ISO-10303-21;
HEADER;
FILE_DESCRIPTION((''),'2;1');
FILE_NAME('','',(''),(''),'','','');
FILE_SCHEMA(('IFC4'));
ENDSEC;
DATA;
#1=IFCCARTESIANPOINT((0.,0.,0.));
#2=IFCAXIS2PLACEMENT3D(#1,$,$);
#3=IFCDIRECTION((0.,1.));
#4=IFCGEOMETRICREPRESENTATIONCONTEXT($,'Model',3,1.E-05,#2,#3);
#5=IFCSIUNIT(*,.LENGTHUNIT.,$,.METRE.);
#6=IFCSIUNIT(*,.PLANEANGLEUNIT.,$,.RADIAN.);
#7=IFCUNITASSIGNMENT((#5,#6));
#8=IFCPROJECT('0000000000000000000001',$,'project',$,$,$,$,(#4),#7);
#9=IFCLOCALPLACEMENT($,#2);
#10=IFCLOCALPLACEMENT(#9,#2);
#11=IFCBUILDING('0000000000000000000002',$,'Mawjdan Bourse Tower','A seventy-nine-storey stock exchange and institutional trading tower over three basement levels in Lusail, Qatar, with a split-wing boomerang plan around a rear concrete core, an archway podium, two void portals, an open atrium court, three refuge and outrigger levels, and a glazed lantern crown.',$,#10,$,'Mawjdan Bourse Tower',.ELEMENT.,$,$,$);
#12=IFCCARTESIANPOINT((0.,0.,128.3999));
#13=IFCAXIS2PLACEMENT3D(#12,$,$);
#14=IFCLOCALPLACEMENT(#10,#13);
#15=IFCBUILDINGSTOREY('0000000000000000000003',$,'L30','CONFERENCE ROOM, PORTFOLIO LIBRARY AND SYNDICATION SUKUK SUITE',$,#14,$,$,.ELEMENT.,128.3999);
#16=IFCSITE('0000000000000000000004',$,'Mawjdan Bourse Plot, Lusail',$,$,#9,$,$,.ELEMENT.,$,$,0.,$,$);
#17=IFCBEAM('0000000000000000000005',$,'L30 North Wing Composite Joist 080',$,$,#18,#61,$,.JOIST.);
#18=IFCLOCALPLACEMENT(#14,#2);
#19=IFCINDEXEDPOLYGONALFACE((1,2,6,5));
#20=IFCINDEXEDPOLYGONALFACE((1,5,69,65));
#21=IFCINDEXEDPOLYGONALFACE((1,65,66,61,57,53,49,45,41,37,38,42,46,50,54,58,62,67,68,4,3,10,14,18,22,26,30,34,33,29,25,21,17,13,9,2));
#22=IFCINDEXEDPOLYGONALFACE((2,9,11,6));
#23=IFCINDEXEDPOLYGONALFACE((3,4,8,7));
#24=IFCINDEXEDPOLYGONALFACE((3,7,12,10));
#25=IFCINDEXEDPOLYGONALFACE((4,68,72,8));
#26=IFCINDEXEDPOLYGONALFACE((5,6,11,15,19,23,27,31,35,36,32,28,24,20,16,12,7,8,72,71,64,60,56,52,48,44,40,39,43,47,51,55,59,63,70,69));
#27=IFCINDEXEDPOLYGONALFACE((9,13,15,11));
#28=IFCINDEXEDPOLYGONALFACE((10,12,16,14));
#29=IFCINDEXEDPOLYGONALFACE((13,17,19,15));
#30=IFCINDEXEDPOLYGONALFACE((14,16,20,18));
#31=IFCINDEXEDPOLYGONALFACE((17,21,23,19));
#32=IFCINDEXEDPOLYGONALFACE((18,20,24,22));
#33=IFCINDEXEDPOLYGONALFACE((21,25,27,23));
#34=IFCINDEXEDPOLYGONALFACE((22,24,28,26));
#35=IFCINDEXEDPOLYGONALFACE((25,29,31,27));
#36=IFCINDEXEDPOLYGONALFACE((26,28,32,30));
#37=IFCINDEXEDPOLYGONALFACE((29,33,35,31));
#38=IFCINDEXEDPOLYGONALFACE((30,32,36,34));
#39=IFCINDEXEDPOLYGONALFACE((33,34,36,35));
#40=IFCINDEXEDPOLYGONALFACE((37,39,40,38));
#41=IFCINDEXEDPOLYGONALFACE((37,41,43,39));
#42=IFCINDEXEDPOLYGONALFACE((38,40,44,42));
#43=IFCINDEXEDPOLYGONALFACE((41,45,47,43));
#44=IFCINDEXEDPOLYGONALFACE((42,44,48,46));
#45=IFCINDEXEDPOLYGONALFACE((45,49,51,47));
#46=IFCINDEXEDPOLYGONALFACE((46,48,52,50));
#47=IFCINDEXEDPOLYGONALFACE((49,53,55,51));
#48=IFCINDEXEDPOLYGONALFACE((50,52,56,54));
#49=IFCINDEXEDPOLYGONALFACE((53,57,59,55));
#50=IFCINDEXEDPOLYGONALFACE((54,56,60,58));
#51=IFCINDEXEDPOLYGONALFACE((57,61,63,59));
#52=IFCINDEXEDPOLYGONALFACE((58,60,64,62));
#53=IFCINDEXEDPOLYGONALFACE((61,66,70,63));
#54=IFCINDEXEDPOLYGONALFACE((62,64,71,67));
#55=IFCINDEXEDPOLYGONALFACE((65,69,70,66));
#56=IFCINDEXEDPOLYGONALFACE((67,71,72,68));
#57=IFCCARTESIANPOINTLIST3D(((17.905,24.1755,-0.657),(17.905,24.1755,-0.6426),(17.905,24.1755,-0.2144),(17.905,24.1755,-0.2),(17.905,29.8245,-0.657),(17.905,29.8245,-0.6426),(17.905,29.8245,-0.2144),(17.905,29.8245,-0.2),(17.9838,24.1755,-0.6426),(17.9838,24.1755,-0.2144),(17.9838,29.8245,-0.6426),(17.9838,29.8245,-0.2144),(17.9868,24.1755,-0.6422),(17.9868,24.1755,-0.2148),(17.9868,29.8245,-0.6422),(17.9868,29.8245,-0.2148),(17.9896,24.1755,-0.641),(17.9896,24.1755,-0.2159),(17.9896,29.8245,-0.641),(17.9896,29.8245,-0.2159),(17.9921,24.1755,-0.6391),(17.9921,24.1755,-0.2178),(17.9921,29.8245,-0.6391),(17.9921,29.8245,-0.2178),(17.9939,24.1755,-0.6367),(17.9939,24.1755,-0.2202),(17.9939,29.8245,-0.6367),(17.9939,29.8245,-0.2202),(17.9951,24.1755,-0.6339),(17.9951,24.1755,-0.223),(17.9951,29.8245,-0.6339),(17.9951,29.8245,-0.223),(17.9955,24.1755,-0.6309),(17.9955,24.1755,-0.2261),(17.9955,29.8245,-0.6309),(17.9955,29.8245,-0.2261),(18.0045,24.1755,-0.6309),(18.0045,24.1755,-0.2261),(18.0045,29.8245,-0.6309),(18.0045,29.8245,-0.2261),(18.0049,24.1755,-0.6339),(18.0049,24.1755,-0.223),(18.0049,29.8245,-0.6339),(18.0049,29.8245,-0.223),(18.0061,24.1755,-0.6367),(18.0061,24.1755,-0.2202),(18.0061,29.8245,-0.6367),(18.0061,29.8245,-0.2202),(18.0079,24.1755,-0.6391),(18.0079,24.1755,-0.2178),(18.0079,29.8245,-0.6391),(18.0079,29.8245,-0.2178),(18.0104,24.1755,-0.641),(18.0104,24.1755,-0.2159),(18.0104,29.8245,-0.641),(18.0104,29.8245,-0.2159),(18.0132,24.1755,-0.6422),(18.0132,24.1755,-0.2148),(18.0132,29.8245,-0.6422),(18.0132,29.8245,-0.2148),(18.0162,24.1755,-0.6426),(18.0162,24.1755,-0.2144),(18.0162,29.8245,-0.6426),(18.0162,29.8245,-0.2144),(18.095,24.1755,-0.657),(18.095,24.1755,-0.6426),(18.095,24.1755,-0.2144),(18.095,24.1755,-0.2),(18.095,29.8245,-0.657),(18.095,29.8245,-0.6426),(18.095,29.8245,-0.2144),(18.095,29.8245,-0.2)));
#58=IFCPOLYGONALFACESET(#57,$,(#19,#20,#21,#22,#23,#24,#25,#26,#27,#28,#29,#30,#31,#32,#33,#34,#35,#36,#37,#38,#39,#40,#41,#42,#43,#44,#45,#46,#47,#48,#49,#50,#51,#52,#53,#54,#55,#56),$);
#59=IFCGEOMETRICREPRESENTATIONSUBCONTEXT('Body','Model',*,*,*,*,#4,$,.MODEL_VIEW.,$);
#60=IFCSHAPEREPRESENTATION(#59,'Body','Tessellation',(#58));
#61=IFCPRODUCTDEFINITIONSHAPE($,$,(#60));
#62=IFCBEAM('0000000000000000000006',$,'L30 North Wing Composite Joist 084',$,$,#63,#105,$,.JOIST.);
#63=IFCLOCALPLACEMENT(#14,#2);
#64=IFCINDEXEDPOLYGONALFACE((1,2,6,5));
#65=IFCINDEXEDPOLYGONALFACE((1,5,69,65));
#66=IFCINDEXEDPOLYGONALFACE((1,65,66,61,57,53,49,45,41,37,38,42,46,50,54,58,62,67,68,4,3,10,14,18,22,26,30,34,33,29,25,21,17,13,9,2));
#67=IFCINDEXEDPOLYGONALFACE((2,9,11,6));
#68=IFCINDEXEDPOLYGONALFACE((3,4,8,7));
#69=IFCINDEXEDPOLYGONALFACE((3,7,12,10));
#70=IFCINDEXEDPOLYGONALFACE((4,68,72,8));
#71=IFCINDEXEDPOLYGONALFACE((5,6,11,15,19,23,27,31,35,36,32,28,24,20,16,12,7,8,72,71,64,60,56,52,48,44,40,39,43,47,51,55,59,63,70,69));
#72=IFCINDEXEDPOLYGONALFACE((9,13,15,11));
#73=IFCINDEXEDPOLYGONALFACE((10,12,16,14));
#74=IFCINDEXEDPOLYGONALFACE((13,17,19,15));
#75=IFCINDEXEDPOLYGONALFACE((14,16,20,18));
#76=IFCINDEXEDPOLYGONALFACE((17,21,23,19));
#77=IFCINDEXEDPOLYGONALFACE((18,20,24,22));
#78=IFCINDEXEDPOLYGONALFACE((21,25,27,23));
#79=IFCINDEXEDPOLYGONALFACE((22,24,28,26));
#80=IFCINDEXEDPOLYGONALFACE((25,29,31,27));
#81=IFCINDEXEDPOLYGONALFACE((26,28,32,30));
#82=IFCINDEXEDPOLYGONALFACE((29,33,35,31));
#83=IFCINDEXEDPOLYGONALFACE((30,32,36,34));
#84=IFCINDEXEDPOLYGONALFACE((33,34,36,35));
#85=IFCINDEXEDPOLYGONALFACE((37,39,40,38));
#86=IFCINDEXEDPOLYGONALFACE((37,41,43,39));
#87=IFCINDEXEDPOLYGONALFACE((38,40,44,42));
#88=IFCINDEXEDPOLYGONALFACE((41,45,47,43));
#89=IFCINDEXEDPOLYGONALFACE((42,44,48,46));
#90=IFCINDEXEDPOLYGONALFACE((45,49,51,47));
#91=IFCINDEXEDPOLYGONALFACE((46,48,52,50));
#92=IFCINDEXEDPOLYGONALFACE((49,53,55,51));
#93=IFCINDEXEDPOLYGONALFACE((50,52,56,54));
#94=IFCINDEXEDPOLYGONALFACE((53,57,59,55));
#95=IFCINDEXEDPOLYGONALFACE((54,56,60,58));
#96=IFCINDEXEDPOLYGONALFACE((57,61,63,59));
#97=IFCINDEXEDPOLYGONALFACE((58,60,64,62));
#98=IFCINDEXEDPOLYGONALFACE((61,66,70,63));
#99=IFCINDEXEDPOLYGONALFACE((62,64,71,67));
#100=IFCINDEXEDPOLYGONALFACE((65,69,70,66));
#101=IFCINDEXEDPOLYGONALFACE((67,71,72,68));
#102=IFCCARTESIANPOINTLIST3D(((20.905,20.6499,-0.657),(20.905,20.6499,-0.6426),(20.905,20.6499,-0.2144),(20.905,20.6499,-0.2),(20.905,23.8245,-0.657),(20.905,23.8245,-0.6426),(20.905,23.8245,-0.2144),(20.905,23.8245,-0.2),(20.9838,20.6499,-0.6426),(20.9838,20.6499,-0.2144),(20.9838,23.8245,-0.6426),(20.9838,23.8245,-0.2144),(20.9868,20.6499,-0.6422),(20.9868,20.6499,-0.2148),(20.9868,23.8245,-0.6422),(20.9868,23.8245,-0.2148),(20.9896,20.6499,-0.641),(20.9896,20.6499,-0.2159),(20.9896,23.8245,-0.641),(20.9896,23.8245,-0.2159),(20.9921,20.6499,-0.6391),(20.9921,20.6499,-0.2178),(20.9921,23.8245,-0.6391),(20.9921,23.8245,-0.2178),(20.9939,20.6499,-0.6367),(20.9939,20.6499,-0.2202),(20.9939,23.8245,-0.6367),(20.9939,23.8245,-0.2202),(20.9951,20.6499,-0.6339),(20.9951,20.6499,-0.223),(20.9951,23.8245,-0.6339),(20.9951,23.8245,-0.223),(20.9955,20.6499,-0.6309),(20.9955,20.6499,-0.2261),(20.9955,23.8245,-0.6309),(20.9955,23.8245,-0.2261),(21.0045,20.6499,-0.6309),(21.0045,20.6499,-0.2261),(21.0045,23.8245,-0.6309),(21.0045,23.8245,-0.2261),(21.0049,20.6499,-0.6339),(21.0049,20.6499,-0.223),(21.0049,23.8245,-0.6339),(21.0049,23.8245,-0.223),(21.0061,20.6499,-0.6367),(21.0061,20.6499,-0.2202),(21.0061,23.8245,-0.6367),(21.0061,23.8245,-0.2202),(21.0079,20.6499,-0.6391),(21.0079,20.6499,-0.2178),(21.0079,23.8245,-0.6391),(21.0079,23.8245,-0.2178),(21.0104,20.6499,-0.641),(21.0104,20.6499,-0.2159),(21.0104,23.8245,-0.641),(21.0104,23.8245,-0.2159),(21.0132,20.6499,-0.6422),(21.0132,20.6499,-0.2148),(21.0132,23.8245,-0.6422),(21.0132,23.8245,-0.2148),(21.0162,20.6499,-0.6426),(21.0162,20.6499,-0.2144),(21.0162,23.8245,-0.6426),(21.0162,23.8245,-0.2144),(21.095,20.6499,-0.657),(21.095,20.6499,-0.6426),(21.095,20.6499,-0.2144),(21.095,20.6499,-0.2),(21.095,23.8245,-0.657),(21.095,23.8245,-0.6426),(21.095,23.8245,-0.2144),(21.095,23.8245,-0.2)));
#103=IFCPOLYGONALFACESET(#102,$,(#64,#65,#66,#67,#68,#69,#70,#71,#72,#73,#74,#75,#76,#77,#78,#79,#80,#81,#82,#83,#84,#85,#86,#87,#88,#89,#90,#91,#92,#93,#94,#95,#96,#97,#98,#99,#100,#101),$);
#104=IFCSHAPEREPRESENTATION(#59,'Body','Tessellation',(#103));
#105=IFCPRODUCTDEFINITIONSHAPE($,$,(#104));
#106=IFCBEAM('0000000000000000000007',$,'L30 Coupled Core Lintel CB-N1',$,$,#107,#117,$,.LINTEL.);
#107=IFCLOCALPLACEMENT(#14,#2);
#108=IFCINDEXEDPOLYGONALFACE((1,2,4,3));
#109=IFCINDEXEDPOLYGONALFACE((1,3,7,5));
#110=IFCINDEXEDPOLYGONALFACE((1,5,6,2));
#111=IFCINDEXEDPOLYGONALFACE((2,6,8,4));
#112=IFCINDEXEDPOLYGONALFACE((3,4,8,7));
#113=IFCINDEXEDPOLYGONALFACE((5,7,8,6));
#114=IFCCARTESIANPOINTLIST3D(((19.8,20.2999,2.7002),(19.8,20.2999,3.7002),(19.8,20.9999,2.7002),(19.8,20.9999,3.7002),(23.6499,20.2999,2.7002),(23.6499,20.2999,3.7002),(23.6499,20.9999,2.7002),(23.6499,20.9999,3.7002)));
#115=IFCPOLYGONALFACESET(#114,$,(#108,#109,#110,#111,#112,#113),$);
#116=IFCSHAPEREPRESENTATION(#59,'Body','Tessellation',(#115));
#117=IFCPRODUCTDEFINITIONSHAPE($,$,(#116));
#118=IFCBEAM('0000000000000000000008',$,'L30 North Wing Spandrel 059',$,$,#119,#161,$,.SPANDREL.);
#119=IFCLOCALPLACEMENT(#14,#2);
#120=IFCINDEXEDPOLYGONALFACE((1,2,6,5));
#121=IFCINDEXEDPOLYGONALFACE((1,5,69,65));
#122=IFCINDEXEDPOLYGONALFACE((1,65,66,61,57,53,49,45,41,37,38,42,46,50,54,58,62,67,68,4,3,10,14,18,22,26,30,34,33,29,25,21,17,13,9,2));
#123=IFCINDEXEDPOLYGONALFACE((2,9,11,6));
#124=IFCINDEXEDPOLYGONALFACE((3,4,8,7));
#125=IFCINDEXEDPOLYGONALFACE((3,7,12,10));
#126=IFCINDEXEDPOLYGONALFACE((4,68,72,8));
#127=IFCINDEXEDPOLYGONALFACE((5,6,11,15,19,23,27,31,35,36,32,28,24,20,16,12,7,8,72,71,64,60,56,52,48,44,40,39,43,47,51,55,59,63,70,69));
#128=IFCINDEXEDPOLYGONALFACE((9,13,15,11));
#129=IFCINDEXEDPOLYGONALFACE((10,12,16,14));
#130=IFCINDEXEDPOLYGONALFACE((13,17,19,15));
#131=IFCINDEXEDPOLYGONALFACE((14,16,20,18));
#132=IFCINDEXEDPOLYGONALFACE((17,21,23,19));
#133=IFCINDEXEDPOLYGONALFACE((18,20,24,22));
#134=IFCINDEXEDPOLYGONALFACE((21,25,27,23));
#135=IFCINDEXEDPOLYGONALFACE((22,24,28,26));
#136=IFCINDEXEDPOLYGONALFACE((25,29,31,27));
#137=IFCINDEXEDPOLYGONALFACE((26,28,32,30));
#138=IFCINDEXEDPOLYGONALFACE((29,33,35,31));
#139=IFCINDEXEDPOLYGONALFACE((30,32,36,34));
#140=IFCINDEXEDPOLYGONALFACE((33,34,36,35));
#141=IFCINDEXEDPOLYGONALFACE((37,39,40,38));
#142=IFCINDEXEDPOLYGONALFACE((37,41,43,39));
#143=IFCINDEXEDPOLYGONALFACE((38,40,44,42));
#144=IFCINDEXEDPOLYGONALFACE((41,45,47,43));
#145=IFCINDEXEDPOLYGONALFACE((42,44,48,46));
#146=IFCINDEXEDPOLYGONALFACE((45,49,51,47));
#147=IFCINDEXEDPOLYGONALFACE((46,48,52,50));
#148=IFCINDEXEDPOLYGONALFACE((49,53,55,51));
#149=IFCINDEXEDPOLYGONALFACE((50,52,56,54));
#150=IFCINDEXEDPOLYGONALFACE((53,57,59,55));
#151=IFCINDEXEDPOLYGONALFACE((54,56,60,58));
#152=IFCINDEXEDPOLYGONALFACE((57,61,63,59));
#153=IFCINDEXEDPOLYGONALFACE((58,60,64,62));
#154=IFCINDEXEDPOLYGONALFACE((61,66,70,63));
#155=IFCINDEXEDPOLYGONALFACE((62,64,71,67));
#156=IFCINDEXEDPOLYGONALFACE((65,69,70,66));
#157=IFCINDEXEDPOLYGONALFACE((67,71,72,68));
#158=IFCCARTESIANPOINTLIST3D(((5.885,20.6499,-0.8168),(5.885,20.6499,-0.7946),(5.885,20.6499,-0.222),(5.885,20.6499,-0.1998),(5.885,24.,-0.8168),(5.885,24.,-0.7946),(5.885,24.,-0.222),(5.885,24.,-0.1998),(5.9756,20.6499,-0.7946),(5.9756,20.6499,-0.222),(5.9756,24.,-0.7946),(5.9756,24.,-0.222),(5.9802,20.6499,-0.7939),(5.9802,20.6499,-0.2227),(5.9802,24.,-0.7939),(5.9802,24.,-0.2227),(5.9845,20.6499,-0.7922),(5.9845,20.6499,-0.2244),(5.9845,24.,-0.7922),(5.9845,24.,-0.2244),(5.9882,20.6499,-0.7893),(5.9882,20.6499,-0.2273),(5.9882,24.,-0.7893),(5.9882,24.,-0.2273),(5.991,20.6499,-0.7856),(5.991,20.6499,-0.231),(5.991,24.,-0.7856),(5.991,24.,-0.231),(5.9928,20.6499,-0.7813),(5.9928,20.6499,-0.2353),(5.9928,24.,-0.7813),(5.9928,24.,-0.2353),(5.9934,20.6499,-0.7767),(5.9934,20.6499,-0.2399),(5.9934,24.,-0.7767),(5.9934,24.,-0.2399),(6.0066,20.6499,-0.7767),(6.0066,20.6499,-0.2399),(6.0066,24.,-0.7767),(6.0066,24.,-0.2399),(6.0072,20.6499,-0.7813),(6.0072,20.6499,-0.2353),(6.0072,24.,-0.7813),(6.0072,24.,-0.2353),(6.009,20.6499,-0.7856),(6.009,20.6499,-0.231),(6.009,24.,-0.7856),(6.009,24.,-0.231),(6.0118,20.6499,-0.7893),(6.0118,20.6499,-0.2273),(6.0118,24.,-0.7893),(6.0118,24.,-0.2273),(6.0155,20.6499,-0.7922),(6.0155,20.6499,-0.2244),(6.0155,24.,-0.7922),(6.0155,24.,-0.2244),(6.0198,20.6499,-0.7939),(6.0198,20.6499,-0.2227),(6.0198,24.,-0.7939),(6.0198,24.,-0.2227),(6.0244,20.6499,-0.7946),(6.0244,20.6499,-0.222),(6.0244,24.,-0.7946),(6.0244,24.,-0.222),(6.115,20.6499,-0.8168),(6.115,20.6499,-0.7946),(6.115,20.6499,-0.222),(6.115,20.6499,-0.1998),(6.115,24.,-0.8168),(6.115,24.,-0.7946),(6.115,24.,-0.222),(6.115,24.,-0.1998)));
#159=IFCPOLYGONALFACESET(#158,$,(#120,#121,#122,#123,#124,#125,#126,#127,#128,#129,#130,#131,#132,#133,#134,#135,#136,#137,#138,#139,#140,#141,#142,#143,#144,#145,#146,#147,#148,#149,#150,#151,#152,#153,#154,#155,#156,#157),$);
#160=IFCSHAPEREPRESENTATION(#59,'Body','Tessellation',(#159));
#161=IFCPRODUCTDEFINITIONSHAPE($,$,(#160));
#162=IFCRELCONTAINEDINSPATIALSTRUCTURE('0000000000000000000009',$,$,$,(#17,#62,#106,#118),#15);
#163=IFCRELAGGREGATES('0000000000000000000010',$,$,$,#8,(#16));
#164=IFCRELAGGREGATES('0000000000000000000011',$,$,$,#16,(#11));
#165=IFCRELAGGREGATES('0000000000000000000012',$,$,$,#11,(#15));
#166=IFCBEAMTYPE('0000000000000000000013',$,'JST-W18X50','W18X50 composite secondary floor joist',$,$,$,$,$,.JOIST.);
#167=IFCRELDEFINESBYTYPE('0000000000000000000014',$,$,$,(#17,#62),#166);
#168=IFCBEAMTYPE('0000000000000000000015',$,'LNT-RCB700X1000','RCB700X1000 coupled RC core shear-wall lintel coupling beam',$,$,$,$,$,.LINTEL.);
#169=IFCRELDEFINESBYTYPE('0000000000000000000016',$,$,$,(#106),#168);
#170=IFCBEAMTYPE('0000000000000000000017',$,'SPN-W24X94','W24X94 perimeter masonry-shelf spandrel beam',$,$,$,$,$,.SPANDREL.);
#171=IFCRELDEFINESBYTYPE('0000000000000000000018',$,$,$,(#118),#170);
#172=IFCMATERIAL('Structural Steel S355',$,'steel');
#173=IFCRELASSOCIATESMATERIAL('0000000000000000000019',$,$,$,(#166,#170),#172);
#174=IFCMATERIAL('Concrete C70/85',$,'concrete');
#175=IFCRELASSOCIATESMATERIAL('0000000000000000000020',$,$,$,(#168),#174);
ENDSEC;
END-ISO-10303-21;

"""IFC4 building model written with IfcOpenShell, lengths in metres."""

from ifc_helpers import new_model, si_unit, direction, frame, origin, origin_2d, place, context, subcontext, project, spatial, rectangle, i_section, extrude, material, material_profile, profile_set, type_object, element, save


model = new_model("IFC4")

# Units and contexts
model_context = context("Model", 3, precision=1e-05, world=origin(), true_north=direction((0.0, 1.0)))
body_context = subcontext(model_context, "Body", "Model", "MODEL_VIEW")
ifc_project = project(units=[si_unit("LENGTHUNIT", "METRE"), si_unit("PLANEANGLEUNIT", "RADIAN")], contexts=[model_context])

# Site, building, storey
site_placement = place(None, origin())
site = spatial("IfcSite", under=ifc_project, at=site_placement, Name="Mawjdan Bourse Plot, Lusail", CompositionType="ELEMENT", RefElevation=0.0)
building_placement = place(site_placement, origin())
building = spatial("IfcBuilding", under=site, at=building_placement, Name="Mawjdan Bourse Tower", Description="A seventy-nine-storey stock exchange and institutional trading tower over three basement levels in Lusail, Qatar, with a split-wing boomerang plan around a rear concrete core, an archway podium, two void portals, an open atrium court, three refuge and outrigger levels, and a glazed lantern crown.", LongName="Mawjdan Bourse Tower", CompositionType="ELEMENT")
storey_placement = place(building_placement, frame((0.0, 0.0, 128.3999)))
storey = spatial("IfcBuildingStorey", under=building, at=storey_placement, Name="L30", Description="CONFERENCE ROOM, PORTFOLIO LIBRARY AND SYNDICATION SUKUK SUITE", CompositionType="ELEMENT", Elevation=128.3999)

# Shared definitions
ifc_material_1 = material(Name="Concrete C70/85", Category="concrete")

# Beams
ifc_material_2 = material(Name="Structural Steel S355", Category="steel")
ifc_material_profile_1 = material_profile(ifc_material_2, i_section(OverallWidth=0.1899, OverallDepth=0.457, WebThickness=0.009, FlangeThickness=0.0144, FilletRadius=0.0117, at=origin_2d()), Name="W18X50")
ifc_profile_set_1 = profile_set([ifc_material_profile_1], Name="Structural Steel S355")
beam_type_1 = type_object("IfcBeamType", Name="JST-W18X50", Description="W18X50 composite secondary floor joist", PredefinedType="JOIST", material=ifc_profile_set_1)
beam_1_placement = place(storey_placement, frame((18.0, 24.1755, -0.4285), z_axis=(0.0, 1.0, 0.0), x_axis=(-1.0, 0.0, 0.0)))
element("IfcBeam", 1, at=beam_1_placement, inside=storey, type_object=beam_type_1, Name="L30 North Wing Composite Joist 080", PredefinedType="JOIST", context=body_context, shape_type="SweptSolid", body=[
    extrude(i_section(OverallWidth=0.1899, OverallDepth=0.457, WebThickness=0.009, FlangeThickness=0.0144, FilletRadius=0.0117, at=origin_2d()), origin(), (0.0, 0.0, 1.0), 5.6489),
])
beam_2_placement = place(storey_placement, frame((21.0, 20.6499, -0.4285), z_axis=(0.0, 1.0, 0.0), x_axis=(-1.0, 0.0, 0.0)))
element("IfcBeam", 2, at=beam_2_placement, inside=storey, type_object=beam_type_1, Name="L30 North Wing Composite Joist 084", PredefinedType="JOIST", context=body_context, shape_type="SweptSolid", body=[
    extrude(i_section(OverallWidth=0.1899, OverallDepth=0.457, WebThickness=0.009, FlangeThickness=0.0144, FilletRadius=0.0117, at=origin_2d()), origin(), (0.0, 0.0, 1.0), 3.1746),
])
ifc_material_profile_2 = material_profile(ifc_material_1, rectangle(XDim=0.7, YDim=1.0, at=origin_2d()), Name="RCB700X1000")
ifc_profile_set_2 = profile_set([ifc_material_profile_2], Name="Concrete C70/85")
beam_type_2 = type_object("IfcBeamType", Name="LNT-RCB700X1000", Description="RCB700X1000 coupled RC core shear-wall lintel coupling beam", PredefinedType="LINTEL", material=ifc_profile_set_2)
beam_3_placement = place(storey_placement, frame((19.8, 20.6499, 3.2002), z_axis=(1.0, 0.0, 0.0), x_axis=(0.0, 1.0, 0.0)))
element("IfcBeam", 3, at=beam_3_placement, inside=storey, type_object=beam_type_2, Name="L30 Coupled Core Lintel CB-N1", PredefinedType="LINTEL", context=body_context, shape_type="SweptSolid", body=[
    extrude(rectangle(XDim=0.7, YDim=1.0, at=origin_2d()), origin(), (0.0, 0.0, 1.0), 3.8499),
])
ifc_material_profile_3 = material_profile(ifc_material_2, i_section(OverallWidth=0.23, OverallDepth=0.6169, WebThickness=0.0132, FlangeThickness=0.0222, FilletRadius=0.0178, at=origin_2d()), Name="W24X94")
ifc_profile_set_3 = profile_set([ifc_material_profile_3], Name="Structural Steel S355")
beam_type_3 = type_object("IfcBeamType", Name="SPN-W24X94", Description="W24X94 perimeter masonry-shelf spandrel beam", PredefinedType="SPANDREL", material=ifc_profile_set_3)
beam_4_placement = place(storey_placement, frame((6.0, 20.6499, -0.5083), z_axis=(0.0, 1.0, 0.0), x_axis=(-1.0, 0.0, 0.0)))
element("IfcBeam", 4, at=beam_4_placement, inside=storey, type_object=beam_type_3, Name="L30 North Wing Spandrel 059", PredefinedType="SPANDREL", context=body_context, shape_type="SweptSolid", body=[
    extrude(i_section(OverallWidth=0.23, OverallDepth=0.6169, WebThickness=0.0132, FlangeThickness=0.0222, FilletRadius=0.0178, at=origin_2d()), origin(), (0.0, 0.0, 1.0), 3.3501),
])

save(model, "model.ifc")
